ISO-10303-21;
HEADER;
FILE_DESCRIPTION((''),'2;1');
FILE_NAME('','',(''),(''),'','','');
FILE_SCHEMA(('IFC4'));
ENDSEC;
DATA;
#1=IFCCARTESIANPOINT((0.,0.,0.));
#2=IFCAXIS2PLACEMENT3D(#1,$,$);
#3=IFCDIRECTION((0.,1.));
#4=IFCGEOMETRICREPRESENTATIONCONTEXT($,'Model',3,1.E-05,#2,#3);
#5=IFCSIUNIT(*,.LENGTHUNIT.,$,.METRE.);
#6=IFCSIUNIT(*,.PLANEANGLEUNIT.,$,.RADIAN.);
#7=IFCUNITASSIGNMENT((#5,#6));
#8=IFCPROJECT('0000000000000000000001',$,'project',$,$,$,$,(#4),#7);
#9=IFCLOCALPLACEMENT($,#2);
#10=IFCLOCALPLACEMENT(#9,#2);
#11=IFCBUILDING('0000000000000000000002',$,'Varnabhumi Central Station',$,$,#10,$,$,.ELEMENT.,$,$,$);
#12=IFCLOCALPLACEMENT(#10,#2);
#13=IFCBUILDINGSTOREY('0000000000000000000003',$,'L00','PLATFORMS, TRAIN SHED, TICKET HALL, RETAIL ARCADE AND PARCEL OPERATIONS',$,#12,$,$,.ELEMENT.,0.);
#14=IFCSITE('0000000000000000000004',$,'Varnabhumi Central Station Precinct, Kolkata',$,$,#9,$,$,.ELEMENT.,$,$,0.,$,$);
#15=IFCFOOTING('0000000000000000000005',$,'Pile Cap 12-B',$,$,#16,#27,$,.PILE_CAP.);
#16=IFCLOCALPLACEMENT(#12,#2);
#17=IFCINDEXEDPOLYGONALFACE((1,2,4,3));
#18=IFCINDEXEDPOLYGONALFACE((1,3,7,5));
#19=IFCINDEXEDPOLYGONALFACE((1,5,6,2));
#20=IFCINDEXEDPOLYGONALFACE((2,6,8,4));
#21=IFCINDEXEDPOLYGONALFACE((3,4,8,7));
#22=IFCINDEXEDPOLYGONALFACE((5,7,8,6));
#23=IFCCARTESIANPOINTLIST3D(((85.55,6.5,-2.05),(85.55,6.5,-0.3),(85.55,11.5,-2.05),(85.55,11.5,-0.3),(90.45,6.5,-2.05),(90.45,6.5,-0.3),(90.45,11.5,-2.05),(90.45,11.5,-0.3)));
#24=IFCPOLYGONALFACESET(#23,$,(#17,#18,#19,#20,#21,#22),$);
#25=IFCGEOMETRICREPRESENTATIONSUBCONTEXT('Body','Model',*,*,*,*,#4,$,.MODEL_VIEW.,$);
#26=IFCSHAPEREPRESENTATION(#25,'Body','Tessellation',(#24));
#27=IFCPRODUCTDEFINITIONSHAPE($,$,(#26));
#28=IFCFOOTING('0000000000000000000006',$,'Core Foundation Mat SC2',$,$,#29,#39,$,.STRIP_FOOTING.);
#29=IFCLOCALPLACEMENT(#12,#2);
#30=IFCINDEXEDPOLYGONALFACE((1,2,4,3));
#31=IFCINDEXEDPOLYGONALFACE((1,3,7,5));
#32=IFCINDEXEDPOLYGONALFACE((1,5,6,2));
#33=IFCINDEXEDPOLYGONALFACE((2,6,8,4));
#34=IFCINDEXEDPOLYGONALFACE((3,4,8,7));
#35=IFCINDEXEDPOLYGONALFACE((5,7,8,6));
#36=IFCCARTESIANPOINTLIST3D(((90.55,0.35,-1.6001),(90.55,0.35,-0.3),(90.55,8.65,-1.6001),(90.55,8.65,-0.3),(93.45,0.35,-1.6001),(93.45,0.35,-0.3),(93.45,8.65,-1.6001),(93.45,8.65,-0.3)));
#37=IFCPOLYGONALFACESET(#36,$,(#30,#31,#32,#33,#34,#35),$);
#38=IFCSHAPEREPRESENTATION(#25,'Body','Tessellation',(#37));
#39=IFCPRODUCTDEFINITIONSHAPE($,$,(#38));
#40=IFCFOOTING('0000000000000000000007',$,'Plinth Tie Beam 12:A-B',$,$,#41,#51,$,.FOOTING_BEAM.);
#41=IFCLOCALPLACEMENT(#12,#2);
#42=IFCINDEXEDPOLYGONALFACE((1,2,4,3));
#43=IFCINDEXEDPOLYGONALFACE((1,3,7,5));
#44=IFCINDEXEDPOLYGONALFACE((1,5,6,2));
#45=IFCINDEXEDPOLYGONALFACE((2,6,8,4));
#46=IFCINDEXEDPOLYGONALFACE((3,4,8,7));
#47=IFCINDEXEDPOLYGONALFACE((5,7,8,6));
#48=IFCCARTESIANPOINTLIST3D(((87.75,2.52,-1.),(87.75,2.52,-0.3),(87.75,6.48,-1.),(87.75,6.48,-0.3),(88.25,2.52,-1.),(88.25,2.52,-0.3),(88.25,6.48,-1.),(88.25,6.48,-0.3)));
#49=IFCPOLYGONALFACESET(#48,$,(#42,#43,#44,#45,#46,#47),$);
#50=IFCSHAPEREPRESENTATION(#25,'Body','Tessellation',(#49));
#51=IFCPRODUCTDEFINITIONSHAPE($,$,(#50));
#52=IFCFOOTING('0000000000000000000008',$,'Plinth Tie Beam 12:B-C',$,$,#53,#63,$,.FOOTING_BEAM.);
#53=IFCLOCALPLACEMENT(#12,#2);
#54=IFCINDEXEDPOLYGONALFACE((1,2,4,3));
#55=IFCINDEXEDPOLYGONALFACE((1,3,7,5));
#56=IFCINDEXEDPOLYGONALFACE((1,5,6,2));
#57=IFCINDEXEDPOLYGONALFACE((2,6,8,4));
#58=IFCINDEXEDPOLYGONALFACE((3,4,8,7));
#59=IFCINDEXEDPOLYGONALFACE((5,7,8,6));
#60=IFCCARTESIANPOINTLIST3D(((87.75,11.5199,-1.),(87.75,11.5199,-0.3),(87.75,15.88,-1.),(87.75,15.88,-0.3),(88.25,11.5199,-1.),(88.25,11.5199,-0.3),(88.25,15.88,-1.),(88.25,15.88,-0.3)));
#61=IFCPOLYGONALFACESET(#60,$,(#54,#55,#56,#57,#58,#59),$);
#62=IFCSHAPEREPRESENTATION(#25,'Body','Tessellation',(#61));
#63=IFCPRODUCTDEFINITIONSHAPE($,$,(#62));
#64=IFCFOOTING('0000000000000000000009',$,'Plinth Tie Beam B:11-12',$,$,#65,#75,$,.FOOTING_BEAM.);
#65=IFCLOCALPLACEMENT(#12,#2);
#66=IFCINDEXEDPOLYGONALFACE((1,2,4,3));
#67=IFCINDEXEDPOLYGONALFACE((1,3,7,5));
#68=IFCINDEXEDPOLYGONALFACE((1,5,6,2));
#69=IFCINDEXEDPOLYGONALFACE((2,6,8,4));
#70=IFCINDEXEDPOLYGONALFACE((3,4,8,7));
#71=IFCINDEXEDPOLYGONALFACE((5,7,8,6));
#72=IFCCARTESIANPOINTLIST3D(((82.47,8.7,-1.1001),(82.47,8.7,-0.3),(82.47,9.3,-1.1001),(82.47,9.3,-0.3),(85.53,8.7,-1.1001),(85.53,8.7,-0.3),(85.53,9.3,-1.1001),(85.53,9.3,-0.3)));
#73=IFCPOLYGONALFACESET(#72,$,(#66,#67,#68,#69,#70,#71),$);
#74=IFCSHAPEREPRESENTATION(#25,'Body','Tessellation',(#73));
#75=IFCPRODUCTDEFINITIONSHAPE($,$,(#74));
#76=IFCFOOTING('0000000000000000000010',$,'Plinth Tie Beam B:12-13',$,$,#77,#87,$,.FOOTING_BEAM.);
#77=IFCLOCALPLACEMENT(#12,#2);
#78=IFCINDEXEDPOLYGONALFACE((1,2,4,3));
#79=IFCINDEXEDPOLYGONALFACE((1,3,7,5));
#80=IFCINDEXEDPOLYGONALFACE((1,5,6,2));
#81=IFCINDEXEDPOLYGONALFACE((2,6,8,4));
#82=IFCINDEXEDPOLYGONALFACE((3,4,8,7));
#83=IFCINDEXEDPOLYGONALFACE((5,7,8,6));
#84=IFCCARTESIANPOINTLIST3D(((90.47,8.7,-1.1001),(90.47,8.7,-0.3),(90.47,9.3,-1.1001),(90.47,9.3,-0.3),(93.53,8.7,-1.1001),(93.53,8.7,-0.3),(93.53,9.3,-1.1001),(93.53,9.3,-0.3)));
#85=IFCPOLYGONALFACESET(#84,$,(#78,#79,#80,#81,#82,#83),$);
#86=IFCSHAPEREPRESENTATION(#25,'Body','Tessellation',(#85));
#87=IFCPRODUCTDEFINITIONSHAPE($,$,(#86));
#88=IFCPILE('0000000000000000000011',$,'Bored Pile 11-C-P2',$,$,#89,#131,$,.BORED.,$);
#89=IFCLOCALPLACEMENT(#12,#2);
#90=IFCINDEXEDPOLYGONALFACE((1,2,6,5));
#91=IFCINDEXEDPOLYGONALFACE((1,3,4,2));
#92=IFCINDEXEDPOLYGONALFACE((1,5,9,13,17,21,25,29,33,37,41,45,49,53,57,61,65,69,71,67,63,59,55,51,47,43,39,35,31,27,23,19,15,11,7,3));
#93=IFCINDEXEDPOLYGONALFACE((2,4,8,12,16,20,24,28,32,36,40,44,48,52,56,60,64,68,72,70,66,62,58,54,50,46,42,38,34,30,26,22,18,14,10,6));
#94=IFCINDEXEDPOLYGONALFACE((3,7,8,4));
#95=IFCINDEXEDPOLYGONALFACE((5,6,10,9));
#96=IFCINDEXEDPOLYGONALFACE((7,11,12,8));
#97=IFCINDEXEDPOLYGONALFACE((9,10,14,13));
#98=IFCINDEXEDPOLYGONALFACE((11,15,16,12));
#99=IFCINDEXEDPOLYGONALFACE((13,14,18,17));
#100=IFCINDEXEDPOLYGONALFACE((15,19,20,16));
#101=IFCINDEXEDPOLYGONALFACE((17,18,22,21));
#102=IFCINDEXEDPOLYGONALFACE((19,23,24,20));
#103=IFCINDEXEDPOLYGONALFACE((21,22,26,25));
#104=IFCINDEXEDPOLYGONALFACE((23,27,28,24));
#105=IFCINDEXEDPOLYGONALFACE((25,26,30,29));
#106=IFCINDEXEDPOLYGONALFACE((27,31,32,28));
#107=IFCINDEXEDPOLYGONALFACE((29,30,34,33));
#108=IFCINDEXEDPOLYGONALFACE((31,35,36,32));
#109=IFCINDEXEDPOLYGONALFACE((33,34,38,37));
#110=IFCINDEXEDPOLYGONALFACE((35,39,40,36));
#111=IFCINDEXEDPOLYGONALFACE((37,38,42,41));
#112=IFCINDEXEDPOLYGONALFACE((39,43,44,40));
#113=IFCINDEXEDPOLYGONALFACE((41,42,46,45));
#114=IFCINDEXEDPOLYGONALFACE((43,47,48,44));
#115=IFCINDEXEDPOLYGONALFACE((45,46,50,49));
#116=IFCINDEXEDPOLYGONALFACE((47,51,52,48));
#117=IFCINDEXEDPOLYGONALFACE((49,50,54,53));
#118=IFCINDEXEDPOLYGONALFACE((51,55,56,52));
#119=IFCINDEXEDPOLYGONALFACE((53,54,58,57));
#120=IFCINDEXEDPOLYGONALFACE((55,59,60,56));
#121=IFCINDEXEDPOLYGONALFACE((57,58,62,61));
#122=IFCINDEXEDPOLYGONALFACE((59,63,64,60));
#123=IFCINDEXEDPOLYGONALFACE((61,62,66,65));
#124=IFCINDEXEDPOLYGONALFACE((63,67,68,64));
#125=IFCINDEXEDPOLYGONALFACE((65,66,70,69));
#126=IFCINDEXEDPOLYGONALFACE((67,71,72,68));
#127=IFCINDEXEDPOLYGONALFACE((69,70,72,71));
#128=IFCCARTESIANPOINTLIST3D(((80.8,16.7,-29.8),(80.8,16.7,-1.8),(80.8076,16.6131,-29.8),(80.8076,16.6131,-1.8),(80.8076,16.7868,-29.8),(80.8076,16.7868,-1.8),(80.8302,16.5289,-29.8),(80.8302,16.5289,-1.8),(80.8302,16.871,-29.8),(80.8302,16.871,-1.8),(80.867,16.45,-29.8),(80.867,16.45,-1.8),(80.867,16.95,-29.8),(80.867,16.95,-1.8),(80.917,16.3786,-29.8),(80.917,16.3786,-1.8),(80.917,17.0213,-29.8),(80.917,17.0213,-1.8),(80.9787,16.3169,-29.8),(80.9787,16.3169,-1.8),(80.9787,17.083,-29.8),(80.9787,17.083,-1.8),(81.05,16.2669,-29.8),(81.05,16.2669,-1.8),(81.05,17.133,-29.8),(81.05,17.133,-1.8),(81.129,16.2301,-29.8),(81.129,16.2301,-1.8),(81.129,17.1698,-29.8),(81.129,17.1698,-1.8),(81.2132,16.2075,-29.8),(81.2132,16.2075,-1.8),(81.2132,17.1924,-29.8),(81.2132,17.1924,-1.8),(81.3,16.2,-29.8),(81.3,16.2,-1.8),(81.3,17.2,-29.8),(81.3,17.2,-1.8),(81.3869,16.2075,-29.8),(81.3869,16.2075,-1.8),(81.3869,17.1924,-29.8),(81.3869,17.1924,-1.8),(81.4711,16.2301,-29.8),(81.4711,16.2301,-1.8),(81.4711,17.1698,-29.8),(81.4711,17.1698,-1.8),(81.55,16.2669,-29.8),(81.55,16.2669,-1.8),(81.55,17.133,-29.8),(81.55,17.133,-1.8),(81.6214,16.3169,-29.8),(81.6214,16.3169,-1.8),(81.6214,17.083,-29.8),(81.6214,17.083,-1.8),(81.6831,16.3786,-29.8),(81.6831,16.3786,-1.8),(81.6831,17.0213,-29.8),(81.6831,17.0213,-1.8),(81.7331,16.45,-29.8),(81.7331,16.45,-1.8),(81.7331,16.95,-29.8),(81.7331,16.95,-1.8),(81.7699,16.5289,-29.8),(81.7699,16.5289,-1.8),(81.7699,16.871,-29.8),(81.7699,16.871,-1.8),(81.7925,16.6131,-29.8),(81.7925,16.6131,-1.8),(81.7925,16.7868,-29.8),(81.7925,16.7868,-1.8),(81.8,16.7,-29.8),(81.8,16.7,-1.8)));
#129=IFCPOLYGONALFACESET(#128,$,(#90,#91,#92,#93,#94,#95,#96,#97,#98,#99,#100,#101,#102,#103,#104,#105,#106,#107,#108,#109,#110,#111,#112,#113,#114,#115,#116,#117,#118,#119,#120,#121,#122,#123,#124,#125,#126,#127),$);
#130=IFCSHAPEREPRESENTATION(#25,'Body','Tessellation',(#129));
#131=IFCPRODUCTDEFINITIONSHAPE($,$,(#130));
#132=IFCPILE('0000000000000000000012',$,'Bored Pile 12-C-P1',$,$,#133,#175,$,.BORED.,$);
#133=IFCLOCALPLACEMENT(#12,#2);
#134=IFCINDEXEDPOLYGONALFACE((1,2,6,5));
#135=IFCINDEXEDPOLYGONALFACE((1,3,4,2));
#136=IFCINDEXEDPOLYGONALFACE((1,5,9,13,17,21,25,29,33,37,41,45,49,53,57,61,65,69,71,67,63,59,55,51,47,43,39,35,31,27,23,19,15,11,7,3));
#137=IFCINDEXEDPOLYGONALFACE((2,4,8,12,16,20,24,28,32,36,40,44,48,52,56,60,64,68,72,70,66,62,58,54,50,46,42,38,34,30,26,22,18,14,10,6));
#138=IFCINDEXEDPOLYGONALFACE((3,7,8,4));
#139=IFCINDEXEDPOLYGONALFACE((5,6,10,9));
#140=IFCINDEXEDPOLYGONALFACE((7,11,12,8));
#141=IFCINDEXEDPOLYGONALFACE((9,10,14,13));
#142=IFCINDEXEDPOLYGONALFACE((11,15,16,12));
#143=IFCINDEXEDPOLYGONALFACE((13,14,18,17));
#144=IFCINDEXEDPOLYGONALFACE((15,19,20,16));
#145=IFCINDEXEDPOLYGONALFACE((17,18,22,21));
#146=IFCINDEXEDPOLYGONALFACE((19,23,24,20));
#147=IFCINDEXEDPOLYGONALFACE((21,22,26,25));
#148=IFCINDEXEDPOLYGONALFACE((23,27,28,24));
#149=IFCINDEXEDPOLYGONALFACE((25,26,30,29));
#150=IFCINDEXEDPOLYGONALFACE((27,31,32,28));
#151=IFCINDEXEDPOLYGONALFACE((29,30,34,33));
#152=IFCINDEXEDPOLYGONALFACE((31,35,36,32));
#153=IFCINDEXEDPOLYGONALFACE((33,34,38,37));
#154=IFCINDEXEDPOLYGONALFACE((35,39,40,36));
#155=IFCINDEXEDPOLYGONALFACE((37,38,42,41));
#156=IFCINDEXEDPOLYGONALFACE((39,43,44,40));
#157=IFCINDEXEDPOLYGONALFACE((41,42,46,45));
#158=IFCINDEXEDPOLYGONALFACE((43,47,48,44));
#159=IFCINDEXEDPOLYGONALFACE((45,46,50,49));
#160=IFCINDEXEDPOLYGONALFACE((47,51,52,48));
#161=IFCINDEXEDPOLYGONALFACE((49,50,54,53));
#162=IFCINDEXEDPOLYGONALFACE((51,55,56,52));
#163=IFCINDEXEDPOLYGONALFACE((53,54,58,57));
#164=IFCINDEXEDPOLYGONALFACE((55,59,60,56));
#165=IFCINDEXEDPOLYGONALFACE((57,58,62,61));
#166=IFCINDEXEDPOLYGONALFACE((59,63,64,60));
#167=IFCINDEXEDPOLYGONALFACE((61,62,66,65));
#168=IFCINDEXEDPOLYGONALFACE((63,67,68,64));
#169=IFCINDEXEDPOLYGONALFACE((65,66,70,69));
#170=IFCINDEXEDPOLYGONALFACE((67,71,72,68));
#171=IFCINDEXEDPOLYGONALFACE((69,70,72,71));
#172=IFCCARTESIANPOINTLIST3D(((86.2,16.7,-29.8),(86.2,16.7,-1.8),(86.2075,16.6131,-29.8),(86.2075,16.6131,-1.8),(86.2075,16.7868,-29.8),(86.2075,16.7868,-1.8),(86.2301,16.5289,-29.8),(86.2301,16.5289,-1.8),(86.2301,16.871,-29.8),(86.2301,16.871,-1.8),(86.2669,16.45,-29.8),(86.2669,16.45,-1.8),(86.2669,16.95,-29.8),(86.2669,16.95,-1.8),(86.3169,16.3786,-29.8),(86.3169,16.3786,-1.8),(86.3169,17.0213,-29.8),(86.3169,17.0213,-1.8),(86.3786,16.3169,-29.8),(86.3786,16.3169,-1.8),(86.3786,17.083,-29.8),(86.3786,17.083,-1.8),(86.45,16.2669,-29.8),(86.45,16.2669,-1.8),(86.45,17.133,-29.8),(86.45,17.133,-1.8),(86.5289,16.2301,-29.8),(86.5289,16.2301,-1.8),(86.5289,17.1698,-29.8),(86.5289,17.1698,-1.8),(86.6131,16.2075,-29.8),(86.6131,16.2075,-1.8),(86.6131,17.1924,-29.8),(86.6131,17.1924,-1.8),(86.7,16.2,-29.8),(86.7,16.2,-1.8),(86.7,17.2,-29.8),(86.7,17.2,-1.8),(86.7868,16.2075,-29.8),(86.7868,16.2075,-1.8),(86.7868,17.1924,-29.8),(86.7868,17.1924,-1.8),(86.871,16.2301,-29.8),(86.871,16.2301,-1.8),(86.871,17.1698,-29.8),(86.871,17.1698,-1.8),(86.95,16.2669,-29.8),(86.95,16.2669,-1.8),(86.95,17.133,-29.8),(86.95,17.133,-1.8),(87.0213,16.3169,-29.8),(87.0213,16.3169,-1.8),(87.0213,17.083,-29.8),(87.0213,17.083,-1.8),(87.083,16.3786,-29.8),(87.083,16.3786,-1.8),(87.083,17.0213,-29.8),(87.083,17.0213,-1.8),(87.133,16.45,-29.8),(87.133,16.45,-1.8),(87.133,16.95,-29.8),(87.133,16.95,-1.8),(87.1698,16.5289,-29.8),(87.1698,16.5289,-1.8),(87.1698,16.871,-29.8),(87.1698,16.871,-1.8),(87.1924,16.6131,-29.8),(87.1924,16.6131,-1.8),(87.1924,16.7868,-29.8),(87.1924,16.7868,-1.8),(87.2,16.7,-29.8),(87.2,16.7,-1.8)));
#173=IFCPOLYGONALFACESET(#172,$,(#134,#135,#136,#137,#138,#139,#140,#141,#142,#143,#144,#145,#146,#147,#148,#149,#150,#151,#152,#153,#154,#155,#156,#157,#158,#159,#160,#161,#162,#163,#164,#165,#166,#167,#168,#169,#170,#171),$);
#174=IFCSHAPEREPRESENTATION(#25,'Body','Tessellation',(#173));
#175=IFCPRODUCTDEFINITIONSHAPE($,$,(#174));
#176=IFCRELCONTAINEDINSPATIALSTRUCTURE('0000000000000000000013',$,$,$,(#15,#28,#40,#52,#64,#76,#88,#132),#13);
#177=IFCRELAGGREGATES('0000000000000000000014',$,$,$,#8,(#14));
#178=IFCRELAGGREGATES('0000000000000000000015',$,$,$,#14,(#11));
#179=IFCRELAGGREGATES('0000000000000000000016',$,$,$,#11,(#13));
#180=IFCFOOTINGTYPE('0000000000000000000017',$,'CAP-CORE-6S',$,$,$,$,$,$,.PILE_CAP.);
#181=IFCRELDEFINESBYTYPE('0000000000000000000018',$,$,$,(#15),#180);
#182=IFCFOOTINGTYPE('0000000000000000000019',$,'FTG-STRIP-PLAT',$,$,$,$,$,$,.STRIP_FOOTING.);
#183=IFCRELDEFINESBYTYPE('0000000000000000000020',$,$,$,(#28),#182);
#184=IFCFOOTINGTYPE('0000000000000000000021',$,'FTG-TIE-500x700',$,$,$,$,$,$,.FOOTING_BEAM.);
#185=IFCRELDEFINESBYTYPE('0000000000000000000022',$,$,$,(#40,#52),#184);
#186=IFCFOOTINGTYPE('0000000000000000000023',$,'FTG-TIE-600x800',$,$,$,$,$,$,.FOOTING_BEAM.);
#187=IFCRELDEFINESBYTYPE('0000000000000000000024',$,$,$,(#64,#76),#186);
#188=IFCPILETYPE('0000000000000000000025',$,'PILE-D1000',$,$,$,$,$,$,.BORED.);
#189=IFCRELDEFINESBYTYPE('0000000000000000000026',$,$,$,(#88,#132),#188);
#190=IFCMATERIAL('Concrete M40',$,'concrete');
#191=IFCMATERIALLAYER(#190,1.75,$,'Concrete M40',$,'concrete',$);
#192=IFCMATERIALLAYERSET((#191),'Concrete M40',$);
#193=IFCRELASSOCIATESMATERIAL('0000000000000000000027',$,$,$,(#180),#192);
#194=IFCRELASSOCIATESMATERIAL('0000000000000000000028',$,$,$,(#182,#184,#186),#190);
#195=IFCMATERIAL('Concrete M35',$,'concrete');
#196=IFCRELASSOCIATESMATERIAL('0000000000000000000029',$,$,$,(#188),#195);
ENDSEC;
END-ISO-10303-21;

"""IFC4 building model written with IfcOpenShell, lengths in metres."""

from ifc_helpers import new_model, si_unit, direction, frame, origin, origin_2d, place, context, subcontext, project, spatial, rectangle, circle, extrude, material, layer, layer_set, material_profile, profile_set, type_object, element, save


model = new_model("IFC4")

# Units and contexts
model_context = context("Model", 3, precision=1e-05, world=origin(), true_north=direction((0.0, 1.0)))
body_context = subcontext(model_context, "Body", "Model", "MODEL_VIEW")
ifc_project = project(units=[si_unit("LENGTHUNIT", "METRE"), si_unit("PLANEANGLEUNIT", "RADIAN")], contexts=[model_context])

# Site, building, storey
site_placement = place(None, origin())
site = spatial("IfcSite", under=ifc_project, at=site_placement, Name="Varnabhumi Central Station Precinct, Kolkata", CompositionType="ELEMENT", RefElevation=0.0)
building_placement = place(site_placement, origin())
building = spatial("IfcBuilding", under=site, at=building_placement, Name="Varnabhumi Central Station", CompositionType="ELEMENT")
storey_placement = place(building_placement, origin())
storey = spatial("IfcBuildingStorey", under=building, at=storey_placement, Name="L00", Description="PLATFORMS, TRAIN SHED, TICKET HALL, RETAIL ARCADE AND PARCEL OPERATIONS", CompositionType="ELEMENT", Elevation=0.0)

# Footings
ifc_material_1 = material(Name="Concrete M40", Category="concrete")
ifc_layer_1 = layer(ifc_material_1, 1.75, Name="Concrete M40", Category="concrete")
ifc_layer_set_1 = layer_set([ifc_layer_1], Name="Concrete M40")
footing_type_1 = type_object("IfcFootingType", Name="CAP-CORE-6S", PredefinedType="PILE_CAP", material=ifc_layer_set_1)
footing_1_placement = place(storey_placement, frame((88.0, 9.0, -2.05), z_axis=(0.0, 0.0, 1.0), x_axis=(1.0, 0.0, 0.0)))
element("IfcFooting", 1, at=footing_1_placement, inside=storey, type_object=footing_type_1, Name="Pile Cap 12-B", PredefinedType="PILE_CAP", context=body_context, shape_type="SweptSolid", body=[
    extrude(rectangle(XDim=4.8999, YDim=5.0, at=origin_2d()), origin(), (0.0, 0.0, 1.0), 1.75),
])
footing_type_2 = type_object("IfcFootingType", Name="FTG-STRIP-PLAT", PredefinedType="STRIP_FOOTING", material=ifc_material_1)
footing_2_placement = place(storey_placement, frame((92.0, 4.5, -1.6001), z_axis=(0.0, 0.0, 1.0), x_axis=(1.0, 0.0, 0.0)))
element("IfcFooting", 2, at=footing_2_placement, inside=storey, type_object=footing_type_2, Name="Core Foundation Mat SC2", PredefinedType="STRIP_FOOTING", context=body_context, shape_type="SweptSolid", body=[
    extrude(rectangle(XDim=2.8999, YDim=8.3, at=origin_2d()), origin(), (0.0, 0.0, 1.0), 1.3),
])
footing_type_3 = type_object("IfcFootingType", Name="FTG-TIE-500x700", PredefinedType="FOOTING_BEAM", material=ifc_material_1)
footing_3_placement = place(storey_placement, frame((88.0, 4.5, -1.0), z_axis=(0.0, 0.0, 1.0), x_axis=(1.0, 0.0, 0.0)))
element("IfcFooting", 3, at=footing_3_placement, inside=storey, type_object=footing_type_3, Name="Plinth Tie Beam 12:A-B", PredefinedType="FOOTING_BEAM", context=body_context, shape_type="SweptSolid", body=[
    extrude(rectangle(XDim=0.5, YDim=3.96, at=origin_2d()), origin(), (0.0, 0.0, 1.0), 0.7),
])
footing_4_placement = place(storey_placement, frame((88.0, 13.7, -1.0), z_axis=(0.0, 0.0, 1.0), x_axis=(1.0, 0.0, 0.0)))
element("IfcFooting", 4, at=footing_4_placement, inside=storey, type_object=footing_type_3, Name="Plinth Tie Beam 12:B-C", PredefinedType="FOOTING_BEAM", context=body_context, shape_type="SweptSolid", body=[
    extrude(rectangle(XDim=0.5, YDim=4.3601, at=origin_2d()), origin(), (0.0, 0.0, 1.0), 0.7),
])
footing_type_4 = type_object("IfcFootingType", Name="FTG-TIE-600x800", PredefinedType="FOOTING_BEAM", material=ifc_material_1)
for number, where, z_axis, x_axis, name in (
    (5, (84.0, 9.0, -1.1001), (0.0, 0.0, 1.0), (1.0, 0.0, 0.0), "Plinth Tie Beam B:11-12"),
    (6, (92.0, 9.0, -1.1001), (0.0, 0.0, 1.0), (1.0, 0.0, 0.0), "Plinth Tie Beam B:12-13"),
):
    element("IfcFooting", number, at=place(storey_placement, frame(where, z_axis=z_axis, x_axis=x_axis)), inside=storey, type_object=footing_type_4, Name=name, PredefinedType="FOOTING_BEAM", context=body_context, shape_type="SweptSolid", body=[
        extrude(rectangle(XDim=3.0601, YDim=0.6001, at=origin_2d()), origin(), (0.0, 0.0, 1.0), 0.8),
    ])

# Piles
ifc_material_2 = material(Name="Concrete M35", Category="concrete")
ifc_material_profile_1 = material_profile(ifc_material_2, circle(Radius=0.5, at=origin_2d()), Name="Concrete M35", Category="concrete")
ifc_profile_set_1 = profile_set([ifc_material_profile_1], Name="Concrete M35")
pile_type_1 = type_object("IfcPileType", Name="PILE-D1000", PredefinedType="BORED", material=ifc_profile_set_1)
for number, where, z_axis, x_axis, name in (
    (7, (81.3, 16.7, -1.8), (0.0, 0.0, -1.0), (1.0, 0.0, 0.0), "Bored Pile 11-C-P2"),
    (8, (86.7, 16.7, -1.8), (0.0, 0.0, -1.0), (1.0, 0.0, 0.0), "Bored Pile 12-C-P1"),
):
    element("IfcPile", number, at=place(storey_placement, frame(where, z_axis=z_axis, x_axis=x_axis)), inside=storey, type_object=pile_type_1, Name=name, PredefinedType="BORED", context=body_context, shape_type="SweptSolid", body=[
        extrude(circle(Radius=0.5, at=origin_2d()), origin(), (0.0, 0.0, 1.0), 28.0),
    ])

save(model, "model.ifc")
